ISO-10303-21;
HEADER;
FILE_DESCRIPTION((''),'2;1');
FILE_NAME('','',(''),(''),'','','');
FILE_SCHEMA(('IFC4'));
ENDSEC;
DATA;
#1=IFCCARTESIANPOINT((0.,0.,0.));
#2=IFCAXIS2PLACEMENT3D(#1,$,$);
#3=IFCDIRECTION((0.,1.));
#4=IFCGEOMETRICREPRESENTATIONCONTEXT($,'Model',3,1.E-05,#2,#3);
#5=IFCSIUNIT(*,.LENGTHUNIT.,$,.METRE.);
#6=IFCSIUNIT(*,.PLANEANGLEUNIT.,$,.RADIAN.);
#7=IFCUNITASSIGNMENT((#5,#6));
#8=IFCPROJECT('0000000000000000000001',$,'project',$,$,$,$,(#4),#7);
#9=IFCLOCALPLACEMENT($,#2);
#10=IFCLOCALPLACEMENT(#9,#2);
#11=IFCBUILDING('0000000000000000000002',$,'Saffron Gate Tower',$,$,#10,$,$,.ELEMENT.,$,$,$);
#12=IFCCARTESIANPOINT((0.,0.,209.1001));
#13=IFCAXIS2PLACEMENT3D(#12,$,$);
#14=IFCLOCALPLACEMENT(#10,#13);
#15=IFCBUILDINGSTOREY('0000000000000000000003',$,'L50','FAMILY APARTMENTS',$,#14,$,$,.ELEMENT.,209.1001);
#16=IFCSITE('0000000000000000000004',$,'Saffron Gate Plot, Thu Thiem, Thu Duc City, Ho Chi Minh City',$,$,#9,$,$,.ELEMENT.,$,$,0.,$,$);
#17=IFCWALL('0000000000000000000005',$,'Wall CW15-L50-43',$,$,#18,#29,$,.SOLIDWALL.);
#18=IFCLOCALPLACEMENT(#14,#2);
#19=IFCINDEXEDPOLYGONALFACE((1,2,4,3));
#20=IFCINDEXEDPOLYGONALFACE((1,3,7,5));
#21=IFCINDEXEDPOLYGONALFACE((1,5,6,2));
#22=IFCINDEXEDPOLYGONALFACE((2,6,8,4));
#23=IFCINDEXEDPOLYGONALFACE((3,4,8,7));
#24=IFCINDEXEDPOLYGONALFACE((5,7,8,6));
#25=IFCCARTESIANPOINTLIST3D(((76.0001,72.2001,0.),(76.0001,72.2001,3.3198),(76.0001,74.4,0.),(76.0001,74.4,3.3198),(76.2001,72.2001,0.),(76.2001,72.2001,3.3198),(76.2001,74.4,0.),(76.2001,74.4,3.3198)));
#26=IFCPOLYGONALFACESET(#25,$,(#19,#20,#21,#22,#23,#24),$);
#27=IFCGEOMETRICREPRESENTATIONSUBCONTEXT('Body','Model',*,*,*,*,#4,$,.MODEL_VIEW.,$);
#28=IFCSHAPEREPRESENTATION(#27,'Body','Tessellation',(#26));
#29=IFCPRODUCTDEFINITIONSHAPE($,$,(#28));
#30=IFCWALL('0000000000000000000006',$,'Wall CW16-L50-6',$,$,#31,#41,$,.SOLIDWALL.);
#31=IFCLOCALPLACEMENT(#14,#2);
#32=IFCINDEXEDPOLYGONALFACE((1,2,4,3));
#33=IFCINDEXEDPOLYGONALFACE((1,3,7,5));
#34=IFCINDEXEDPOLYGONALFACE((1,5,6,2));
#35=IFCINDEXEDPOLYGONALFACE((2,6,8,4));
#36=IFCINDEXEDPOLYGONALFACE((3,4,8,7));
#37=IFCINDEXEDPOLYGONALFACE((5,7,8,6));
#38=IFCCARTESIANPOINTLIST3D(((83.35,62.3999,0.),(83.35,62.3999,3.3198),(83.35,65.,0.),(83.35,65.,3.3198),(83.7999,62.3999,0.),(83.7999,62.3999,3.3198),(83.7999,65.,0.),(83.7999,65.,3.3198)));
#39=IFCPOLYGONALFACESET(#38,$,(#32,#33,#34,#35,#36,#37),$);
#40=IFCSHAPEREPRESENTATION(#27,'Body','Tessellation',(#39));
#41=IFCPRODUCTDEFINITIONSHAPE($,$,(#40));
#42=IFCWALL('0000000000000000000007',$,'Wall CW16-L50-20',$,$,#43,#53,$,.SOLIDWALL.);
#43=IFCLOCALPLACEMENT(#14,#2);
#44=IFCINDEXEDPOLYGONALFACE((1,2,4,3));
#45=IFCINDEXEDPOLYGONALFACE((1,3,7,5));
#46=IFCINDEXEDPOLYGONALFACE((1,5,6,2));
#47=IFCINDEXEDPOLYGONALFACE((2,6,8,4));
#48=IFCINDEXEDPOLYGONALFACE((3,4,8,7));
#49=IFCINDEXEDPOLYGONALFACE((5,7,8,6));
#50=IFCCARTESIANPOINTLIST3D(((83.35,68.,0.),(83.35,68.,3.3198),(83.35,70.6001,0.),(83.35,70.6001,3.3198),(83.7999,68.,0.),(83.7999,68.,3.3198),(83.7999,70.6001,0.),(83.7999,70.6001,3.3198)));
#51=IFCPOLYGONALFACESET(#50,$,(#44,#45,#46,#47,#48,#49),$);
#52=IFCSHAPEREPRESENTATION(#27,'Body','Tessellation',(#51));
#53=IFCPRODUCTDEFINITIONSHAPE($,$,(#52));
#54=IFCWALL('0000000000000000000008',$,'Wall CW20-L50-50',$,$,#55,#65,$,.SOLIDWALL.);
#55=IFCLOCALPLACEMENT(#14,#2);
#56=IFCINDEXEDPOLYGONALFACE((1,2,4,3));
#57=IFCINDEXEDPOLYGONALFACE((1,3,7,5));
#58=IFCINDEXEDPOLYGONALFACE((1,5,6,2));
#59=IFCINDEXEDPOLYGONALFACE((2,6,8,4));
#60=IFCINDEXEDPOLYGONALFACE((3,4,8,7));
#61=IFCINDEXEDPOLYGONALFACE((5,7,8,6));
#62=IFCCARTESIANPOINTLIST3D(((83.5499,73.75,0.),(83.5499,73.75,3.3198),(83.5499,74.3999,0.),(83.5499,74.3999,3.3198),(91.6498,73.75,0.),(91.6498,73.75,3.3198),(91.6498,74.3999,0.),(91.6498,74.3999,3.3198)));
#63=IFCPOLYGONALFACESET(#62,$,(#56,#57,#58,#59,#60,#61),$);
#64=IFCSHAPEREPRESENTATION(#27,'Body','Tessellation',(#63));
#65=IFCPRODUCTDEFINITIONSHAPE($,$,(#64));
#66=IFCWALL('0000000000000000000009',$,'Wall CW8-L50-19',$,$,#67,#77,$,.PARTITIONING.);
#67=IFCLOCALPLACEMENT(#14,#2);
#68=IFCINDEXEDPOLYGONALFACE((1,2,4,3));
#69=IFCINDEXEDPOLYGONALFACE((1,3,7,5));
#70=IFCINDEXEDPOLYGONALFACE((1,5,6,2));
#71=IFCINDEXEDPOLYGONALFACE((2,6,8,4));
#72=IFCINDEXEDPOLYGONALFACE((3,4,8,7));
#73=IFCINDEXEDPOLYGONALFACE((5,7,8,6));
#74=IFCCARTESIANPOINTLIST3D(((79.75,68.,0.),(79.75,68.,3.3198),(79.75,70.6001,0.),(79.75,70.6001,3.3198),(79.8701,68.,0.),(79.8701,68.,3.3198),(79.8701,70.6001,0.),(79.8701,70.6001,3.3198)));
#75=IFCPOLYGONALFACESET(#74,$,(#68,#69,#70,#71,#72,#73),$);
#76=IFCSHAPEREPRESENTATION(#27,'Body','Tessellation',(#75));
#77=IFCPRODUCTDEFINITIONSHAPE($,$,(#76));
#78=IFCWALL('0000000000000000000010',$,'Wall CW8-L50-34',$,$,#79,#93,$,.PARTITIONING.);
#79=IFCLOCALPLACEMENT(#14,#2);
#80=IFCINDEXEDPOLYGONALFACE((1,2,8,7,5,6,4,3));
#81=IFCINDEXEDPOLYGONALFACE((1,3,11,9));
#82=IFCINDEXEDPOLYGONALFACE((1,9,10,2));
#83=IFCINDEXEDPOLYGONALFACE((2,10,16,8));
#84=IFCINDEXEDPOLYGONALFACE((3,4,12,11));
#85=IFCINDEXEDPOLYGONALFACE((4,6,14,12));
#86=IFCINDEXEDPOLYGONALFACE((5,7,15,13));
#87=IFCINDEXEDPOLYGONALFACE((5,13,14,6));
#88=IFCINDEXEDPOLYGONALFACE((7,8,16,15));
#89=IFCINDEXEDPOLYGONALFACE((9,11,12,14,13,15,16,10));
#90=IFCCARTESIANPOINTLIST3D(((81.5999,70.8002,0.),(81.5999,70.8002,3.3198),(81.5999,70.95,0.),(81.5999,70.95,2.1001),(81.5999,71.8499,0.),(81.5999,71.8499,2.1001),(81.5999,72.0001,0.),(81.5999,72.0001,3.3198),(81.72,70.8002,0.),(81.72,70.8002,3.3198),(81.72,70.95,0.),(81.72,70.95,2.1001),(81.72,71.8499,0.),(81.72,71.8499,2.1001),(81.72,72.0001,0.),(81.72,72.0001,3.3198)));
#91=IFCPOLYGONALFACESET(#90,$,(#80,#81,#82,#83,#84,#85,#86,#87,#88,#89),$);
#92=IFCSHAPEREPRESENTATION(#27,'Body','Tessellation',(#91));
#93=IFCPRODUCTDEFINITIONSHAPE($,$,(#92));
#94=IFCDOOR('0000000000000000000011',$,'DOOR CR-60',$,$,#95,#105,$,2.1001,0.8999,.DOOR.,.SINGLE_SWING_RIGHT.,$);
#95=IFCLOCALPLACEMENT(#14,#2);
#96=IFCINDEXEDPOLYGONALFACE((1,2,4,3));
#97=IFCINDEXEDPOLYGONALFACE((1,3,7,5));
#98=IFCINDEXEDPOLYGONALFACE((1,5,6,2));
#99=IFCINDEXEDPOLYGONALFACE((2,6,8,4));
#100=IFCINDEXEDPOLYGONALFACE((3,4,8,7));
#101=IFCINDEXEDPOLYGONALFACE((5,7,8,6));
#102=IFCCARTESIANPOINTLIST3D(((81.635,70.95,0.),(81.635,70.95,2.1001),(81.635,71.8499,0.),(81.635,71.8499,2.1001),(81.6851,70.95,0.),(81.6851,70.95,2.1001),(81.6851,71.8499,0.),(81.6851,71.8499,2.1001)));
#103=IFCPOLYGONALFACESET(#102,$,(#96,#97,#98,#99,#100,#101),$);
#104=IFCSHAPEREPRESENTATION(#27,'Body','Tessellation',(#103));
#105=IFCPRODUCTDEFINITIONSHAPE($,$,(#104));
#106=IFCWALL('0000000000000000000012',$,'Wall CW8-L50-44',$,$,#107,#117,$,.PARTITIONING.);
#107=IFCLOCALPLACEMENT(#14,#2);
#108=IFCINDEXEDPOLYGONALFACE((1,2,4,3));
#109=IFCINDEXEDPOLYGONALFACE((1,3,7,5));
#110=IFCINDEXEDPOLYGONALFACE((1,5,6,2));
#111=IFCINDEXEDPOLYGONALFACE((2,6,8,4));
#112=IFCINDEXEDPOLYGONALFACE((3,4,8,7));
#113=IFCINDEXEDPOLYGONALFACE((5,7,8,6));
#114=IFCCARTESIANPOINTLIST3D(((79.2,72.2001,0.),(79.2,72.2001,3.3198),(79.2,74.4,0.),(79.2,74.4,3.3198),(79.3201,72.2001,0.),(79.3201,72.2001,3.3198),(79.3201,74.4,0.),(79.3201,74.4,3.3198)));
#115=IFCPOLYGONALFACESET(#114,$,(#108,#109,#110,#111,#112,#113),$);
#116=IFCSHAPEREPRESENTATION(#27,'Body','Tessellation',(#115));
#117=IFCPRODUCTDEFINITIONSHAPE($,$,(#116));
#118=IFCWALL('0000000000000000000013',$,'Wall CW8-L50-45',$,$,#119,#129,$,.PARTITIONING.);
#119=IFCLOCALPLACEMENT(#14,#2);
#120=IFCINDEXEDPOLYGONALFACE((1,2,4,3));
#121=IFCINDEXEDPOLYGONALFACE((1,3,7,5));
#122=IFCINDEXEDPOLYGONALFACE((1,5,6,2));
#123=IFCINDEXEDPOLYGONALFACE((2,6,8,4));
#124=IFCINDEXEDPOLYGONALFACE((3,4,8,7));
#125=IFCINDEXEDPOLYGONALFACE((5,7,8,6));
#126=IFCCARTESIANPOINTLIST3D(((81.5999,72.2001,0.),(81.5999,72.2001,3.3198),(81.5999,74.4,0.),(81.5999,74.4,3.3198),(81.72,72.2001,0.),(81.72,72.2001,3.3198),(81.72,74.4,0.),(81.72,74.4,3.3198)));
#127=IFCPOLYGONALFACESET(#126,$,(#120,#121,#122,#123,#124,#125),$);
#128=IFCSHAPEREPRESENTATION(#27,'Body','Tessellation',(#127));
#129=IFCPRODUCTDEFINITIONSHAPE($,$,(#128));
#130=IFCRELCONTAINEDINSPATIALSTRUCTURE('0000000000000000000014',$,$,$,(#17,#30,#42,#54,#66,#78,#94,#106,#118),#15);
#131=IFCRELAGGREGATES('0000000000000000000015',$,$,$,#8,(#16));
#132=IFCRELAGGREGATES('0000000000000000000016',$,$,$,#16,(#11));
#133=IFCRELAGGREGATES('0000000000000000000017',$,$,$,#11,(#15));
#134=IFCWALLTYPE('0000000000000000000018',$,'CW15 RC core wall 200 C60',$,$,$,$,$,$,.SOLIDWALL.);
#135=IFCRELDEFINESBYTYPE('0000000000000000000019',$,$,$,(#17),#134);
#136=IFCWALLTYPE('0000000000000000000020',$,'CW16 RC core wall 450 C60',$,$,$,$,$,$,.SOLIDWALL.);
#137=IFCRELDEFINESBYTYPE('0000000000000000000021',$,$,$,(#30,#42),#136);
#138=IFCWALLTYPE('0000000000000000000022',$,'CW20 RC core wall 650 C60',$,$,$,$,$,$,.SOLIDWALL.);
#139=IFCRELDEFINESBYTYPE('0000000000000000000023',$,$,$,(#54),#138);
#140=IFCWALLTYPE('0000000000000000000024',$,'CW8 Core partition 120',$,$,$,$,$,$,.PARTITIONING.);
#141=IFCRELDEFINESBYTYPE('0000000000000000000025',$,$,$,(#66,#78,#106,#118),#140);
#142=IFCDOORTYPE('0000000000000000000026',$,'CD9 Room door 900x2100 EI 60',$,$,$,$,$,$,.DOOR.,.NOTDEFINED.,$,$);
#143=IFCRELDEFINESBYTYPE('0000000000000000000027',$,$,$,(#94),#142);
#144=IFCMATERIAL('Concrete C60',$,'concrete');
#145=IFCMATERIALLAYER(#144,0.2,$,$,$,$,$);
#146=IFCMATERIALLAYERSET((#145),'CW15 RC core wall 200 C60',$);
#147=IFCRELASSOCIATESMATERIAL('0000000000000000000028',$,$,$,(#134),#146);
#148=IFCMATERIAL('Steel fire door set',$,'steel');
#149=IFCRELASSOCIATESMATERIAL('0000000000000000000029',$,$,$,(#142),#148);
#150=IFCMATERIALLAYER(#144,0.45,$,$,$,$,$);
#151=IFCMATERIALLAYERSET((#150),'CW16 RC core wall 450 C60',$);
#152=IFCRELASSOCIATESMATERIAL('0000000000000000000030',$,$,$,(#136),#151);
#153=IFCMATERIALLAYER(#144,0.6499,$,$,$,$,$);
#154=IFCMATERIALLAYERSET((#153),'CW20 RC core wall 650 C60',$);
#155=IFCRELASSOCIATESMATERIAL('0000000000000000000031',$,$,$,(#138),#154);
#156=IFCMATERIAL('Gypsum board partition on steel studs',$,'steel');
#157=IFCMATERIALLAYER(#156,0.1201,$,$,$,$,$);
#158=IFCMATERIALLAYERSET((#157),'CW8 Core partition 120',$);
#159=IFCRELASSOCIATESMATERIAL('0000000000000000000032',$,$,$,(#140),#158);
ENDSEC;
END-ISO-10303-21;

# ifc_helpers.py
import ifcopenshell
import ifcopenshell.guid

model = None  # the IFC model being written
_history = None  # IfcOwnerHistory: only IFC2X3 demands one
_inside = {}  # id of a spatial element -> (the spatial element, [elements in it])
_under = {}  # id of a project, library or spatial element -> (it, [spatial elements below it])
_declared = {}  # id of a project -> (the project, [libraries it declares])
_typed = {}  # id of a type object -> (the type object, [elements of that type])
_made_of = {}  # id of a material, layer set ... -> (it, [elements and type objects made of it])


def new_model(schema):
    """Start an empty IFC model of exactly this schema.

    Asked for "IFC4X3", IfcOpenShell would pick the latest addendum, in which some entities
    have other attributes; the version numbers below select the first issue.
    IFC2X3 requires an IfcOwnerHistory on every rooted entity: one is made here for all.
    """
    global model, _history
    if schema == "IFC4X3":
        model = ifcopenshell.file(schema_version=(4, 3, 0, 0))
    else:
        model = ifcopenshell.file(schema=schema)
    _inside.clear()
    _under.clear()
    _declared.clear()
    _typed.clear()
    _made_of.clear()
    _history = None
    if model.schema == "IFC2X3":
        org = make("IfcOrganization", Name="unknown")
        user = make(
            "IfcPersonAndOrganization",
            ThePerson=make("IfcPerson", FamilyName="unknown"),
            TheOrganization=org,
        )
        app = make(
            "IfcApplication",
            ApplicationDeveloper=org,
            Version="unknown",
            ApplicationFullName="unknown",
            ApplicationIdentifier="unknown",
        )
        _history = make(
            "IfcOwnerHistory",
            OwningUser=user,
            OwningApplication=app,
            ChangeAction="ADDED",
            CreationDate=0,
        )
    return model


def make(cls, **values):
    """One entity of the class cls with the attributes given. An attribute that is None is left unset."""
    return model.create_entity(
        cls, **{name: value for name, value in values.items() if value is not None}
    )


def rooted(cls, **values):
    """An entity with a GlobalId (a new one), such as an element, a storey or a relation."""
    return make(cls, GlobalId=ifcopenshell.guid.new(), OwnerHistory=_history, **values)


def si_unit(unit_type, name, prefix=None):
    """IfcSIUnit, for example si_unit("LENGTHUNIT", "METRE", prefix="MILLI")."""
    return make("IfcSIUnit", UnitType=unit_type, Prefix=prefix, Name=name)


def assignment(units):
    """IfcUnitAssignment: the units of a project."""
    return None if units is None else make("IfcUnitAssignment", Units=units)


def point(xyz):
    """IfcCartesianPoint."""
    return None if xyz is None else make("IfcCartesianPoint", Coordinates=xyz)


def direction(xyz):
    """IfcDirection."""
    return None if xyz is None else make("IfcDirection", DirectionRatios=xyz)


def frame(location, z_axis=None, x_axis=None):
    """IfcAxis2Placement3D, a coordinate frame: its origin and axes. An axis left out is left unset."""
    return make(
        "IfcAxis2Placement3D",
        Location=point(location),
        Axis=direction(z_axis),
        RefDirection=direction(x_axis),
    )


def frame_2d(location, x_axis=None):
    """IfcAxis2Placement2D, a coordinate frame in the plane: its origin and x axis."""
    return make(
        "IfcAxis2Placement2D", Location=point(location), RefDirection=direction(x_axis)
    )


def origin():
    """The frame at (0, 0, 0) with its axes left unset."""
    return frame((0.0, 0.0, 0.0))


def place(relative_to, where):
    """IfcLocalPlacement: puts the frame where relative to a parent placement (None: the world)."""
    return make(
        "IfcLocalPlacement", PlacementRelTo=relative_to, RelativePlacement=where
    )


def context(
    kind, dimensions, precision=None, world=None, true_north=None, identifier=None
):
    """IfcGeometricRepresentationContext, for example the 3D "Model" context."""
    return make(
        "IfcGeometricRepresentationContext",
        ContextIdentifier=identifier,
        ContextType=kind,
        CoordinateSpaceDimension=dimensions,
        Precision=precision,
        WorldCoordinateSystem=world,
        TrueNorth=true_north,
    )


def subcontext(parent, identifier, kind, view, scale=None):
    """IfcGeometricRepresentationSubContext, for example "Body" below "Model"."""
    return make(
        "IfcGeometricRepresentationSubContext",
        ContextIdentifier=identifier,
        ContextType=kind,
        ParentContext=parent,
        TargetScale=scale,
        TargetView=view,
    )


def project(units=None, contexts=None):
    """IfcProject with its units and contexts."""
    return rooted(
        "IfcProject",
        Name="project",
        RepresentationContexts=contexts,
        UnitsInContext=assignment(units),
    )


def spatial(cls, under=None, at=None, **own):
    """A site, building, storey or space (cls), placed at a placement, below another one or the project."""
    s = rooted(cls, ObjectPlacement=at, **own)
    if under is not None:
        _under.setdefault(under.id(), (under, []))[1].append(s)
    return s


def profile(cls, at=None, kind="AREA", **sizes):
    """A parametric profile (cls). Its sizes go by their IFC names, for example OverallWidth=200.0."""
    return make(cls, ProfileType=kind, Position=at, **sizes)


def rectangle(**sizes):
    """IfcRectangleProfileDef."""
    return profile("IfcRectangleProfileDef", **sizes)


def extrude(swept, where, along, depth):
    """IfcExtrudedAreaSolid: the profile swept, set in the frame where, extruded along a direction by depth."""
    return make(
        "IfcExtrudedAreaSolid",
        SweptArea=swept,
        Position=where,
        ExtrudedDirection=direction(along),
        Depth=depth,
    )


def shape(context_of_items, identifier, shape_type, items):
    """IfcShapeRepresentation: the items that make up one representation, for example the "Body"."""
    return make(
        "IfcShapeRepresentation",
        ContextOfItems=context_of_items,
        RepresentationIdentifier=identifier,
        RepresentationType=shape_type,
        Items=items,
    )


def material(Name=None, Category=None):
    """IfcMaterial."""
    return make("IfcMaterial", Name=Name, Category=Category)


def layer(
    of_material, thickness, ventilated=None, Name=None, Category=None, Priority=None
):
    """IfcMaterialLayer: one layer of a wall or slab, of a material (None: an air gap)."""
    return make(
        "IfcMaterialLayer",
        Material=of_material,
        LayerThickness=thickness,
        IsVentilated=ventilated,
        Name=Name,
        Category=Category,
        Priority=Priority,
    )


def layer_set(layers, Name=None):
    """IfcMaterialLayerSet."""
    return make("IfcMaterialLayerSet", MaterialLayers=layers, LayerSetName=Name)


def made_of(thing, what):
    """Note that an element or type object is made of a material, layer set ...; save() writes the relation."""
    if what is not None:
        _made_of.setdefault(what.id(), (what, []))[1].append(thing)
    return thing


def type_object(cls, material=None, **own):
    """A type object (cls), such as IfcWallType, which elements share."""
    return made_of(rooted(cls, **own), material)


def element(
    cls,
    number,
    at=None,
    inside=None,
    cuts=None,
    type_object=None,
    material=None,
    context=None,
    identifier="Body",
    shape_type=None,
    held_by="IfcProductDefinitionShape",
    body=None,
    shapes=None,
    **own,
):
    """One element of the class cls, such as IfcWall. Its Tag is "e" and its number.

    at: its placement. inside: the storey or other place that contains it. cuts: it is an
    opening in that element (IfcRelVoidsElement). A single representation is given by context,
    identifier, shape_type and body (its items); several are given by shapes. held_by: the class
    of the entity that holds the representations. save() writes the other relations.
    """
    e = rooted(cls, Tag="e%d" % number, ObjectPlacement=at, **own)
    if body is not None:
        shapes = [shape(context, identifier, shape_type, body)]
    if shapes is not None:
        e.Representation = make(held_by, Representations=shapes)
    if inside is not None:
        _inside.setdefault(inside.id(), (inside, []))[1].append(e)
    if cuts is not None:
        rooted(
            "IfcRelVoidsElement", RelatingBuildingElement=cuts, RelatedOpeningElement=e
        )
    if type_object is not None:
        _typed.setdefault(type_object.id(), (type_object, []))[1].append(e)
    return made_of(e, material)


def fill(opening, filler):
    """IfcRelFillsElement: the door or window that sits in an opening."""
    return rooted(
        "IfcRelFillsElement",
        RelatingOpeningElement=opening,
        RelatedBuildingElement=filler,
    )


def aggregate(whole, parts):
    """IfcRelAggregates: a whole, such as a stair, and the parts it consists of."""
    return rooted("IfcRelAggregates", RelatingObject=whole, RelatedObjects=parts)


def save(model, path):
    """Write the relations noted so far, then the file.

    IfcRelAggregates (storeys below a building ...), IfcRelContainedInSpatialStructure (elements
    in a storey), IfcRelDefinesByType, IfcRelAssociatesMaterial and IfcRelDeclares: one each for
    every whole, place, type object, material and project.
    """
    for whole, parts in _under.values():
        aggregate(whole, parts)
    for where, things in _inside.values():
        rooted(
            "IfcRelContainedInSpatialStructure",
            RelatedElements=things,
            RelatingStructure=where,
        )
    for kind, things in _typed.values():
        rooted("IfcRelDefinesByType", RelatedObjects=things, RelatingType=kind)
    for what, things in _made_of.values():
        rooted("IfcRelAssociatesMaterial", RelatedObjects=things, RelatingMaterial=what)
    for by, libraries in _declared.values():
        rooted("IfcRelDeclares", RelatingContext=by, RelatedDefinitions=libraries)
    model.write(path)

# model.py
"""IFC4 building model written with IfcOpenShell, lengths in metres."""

from ifc_helpers import new_model, si_unit, direction, frame, frame_2d, origin, place, context, subcontext, project, spatial, rectangle, extrude, material, layer, layer_set, type_object, element, fill, save


model = new_model("IFC4")

# Units and contexts
model_context = context("Model", 3, precision=1e-05, world=origin(), true_north=direction((0.0, 1.0)))
body_context = subcontext(model_context, "Body", "Model", "MODEL_VIEW")
ifc_project = project(units=[si_unit("LENGTHUNIT", "METRE"), si_unit("PLANEANGLEUNIT", "RADIAN")], contexts=[model_context])

# Site, building, storey
site_placement = place(None, origin())
site = spatial("IfcSite", under=ifc_project, at=site_placement, Name="Saffron Gate Plot, Thu Thiem, Thu Duc City, Ho Chi Minh City", CompositionType="ELEMENT", RefElevation=0.0)
building_placement = place(site_placement, origin())
building = spatial("IfcBuilding", under=site, at=building_placement, Name="Saffron Gate Tower", CompositionType="ELEMENT")
storey_placement = place(building_placement, frame((0.0, 0.0, 209.1001)))
storey = spatial("IfcBuildingStorey", under=building, at=storey_placement, Name="L50", Description="FAMILY APARTMENTS", CompositionType="ELEMENT", Elevation=209.1001)

# Shared definitions
ifc_material_1 = material(Name="Concrete C60", Category="concrete")

# Shared definitions
ifc_material_2 = material(Name="Steel fire door set", Category="steel")

# Shared definitions
ifc_layer_1 = layer(ifc_material_1, 0.2)
ifc_layer_set_1 = layer_set([ifc_layer_1], Name="CW15 RC core wall 200 C60")
wall_type_1 = type_object("IfcWallType", Name="CW15 RC core wall 200 C60", PredefinedType="SOLIDWALL", material=ifc_layer_set_1)
door_type_1 = type_object("IfcDoorType", Name="CD9 Room door 900x2100 EI 60", OperationType="NOTDEFINED", PredefinedType="DOOR", material=ifc_material_2)

# Walls
wall_1_placement = place(storey_placement, frame((76.1001, 72.2, 0.0), z_axis=(0.0, 0.0, 1.0), x_axis=(0.0, 1.0, 0.0)))
element("IfcWall", 1, at=wall_1_placement, inside=storey, type_object=wall_type_1, Name="Wall CW15-L50-43", PredefinedType="SOLIDWALL", context=body_context, shape_type="SweptSolid", body=[
    extrude(rectangle(XDim=2.2, YDim=0.2, at=frame_2d((1.1001, 0.0))), origin(), (0.0, 0.0, 1.0), 3.3198),
])
ifc_layer_2 = layer(ifc_material_1, 0.45)
ifc_layer_set_2 = layer_set([ifc_layer_2], Name="CW16 RC core wall 450 C60")
wall_type_2 = type_object("IfcWallType", Name="CW16 RC core wall 450 C60", PredefinedType="SOLIDWALL", material=ifc_layer_set_2)
for number, where, z_axis, x_axis, name in (
    (2, (83.575, 62.3999, 0.0), (0.0, 0.0, 1.0), (0.0, 1.0, 0.0), "Wall CW16-L50-6"),
    (3, (83.575, 68.0, 0.0), (0.0, 0.0, 1.0), (0.0, 1.0, 0.0), "Wall CW16-L50-20"),
):
    element("IfcWall", number, at=place(storey_placement, frame(where, z_axis=z_axis, x_axis=x_axis)), inside=storey, type_object=wall_type_2, Name=name, PredefinedType="SOLIDWALL", context=body_context, shape_type="SweptSolid", body=[
        extrude(rectangle(XDim=2.6001, YDim=0.45, at=frame_2d((1.3, 0.0))), origin(), (0.0, 0.0, 1.0), 3.3198),
    ])
ifc_layer_3 = layer(ifc_material_1, 0.6499)
ifc_layer_set_3 = layer_set([ifc_layer_3], Name="CW20 RC core wall 650 C60")
wall_type_3 = type_object("IfcWallType", Name="CW20 RC core wall 650 C60", PredefinedType="SOLIDWALL", material=ifc_layer_set_3)
wall_2_placement = place(storey_placement, frame((83.55, 74.075, 0.0), z_axis=(0.0, 0.0, 1.0), x_axis=(1.0, 0.0, 0.0)))
element("IfcWall", 4, at=wall_2_placement, inside=storey, type_object=wall_type_3, Name="Wall CW20-L50-50", PredefinedType="SOLIDWALL", context=body_context, shape_type="SweptSolid", body=[
    extrude(rectangle(XDim=8.0999, YDim=0.6499, at=frame_2d((4.0498, 0.0))), origin(), (0.0, 0.0, 1.0), 3.3198),
])
ifc_material_3 = material(Name="Gypsum board partition on steel studs", Category="steel")
ifc_layer_4 = layer(ifc_material_3, 0.1201)
ifc_layer_set_4 = layer_set([ifc_layer_4], Name="CW8 Core partition 120")
wall_type_4 = type_object("IfcWallType", Name="CW8 Core partition 120", PredefinedType="PARTITIONING", material=ifc_layer_set_4)
wall_3_placement = place(storey_placement, frame((79.8101, 68.0, 0.0), z_axis=(0.0, 0.0, 1.0), x_axis=(0.0, 1.0, 0.0)))
element("IfcWall", 5, at=wall_3_placement, inside=storey, type_object=wall_type_4, Name="Wall CW8-L50-19", PredefinedType="PARTITIONING", context=body_context, shape_type="SweptSolid", body=[
    extrude(rectangle(XDim=2.6001, YDim=0.1201, at=frame_2d((1.3, 0.0))), origin(), (0.0, 0.0, 1.0), 3.3198),
])

# Wall, opening, door
wall_4_placement = place(storey_placement, frame((81.6599, 70.8, 0.0), z_axis=(0.0, 0.0, 1.0), x_axis=(0.0, 1.0, 0.0)))
wall_4 = element("IfcWall", 6, at=wall_4_placement, inside=storey, type_object=wall_type_4, Name="Wall CW8-L50-34", PredefinedType="PARTITIONING", context=body_context, shape_type="SweptSolid", body=[
    extrude(rectangle(XDim=1.2, YDim=0.1201, at=frame_2d((0.6001, 0.0))), origin(), (0.0, 0.0, 1.0), 3.3198),
])
opening_1_placement = place(wall_4_placement, frame((0.1499, 0.0, 0.0)))
opening_1 = element("IfcOpeningElement", 7, at=opening_1_placement, cuts=wall_4, PredefinedType="OPENING", context=body_context, shape_type="SweptSolid", body=[
    extrude(rectangle(XDim=0.8999, YDim=2.1001, at=frame_2d((0.45, 1.05))), frame((0.0, 0.0701, 0.0), z_axis=(0.0, -1.0, 0.0), x_axis=(1.0, 0.0, 0.0)), (0.0, 0.0, 1.0), 0.1401),
])
door_1_placement = place(opening_1_placement, origin())
door_1 = element("IfcDoor", 8, at=door_1_placement, inside=storey, type_object=door_type_1, Name="DOOR CR-60", OperationType="SINGLE_SWING_RIGHT", OverallHeight=2.1001, OverallWidth=0.8999, PredefinedType="DOOR", context=body_context, shape_type="SweptSolid", body=[
    extrude(rectangle(XDim=0.8999, YDim=2.1001, at=frame_2d((0.45, 1.05))), frame((0.0, 0.0249, 0.0), z_axis=(0.0, -1.0, 0.0), x_axis=(1.0, 0.0, 0.0)), (0.0, 0.0, 1.0), 0.05),
])
fill(opening_1, door_1)

# Walls
for number, where, z_axis, x_axis, name in (
    (9, (79.26, 72.2, 0.0), (0.0, 0.0, 1.0), (0.0, 1.0, 0.0), "Wall CW8-L50-44"),
    (10, (81.6599, 72.2, 0.0), (0.0, 0.0, 1.0), (0.0, 1.0, 0.0), "Wall CW8-L50-45"),
):
    element("IfcWall", number, at=place(storey_placement, frame(where, z_axis=z_axis, x_axis=x_axis)), inside=storey, type_object=wall_type_4, Name=name, PredefinedType="PARTITIONING", context=body_context, shape_type="SweptSolid", body=[
        extrude(rectangle(XDim=2.2, YDim=0.1201, at=frame_2d((1.1001, 0.0))), origin(), (0.0, 0.0, 1.0), 3.3198),
    ])

save(model, "model.ifc")
